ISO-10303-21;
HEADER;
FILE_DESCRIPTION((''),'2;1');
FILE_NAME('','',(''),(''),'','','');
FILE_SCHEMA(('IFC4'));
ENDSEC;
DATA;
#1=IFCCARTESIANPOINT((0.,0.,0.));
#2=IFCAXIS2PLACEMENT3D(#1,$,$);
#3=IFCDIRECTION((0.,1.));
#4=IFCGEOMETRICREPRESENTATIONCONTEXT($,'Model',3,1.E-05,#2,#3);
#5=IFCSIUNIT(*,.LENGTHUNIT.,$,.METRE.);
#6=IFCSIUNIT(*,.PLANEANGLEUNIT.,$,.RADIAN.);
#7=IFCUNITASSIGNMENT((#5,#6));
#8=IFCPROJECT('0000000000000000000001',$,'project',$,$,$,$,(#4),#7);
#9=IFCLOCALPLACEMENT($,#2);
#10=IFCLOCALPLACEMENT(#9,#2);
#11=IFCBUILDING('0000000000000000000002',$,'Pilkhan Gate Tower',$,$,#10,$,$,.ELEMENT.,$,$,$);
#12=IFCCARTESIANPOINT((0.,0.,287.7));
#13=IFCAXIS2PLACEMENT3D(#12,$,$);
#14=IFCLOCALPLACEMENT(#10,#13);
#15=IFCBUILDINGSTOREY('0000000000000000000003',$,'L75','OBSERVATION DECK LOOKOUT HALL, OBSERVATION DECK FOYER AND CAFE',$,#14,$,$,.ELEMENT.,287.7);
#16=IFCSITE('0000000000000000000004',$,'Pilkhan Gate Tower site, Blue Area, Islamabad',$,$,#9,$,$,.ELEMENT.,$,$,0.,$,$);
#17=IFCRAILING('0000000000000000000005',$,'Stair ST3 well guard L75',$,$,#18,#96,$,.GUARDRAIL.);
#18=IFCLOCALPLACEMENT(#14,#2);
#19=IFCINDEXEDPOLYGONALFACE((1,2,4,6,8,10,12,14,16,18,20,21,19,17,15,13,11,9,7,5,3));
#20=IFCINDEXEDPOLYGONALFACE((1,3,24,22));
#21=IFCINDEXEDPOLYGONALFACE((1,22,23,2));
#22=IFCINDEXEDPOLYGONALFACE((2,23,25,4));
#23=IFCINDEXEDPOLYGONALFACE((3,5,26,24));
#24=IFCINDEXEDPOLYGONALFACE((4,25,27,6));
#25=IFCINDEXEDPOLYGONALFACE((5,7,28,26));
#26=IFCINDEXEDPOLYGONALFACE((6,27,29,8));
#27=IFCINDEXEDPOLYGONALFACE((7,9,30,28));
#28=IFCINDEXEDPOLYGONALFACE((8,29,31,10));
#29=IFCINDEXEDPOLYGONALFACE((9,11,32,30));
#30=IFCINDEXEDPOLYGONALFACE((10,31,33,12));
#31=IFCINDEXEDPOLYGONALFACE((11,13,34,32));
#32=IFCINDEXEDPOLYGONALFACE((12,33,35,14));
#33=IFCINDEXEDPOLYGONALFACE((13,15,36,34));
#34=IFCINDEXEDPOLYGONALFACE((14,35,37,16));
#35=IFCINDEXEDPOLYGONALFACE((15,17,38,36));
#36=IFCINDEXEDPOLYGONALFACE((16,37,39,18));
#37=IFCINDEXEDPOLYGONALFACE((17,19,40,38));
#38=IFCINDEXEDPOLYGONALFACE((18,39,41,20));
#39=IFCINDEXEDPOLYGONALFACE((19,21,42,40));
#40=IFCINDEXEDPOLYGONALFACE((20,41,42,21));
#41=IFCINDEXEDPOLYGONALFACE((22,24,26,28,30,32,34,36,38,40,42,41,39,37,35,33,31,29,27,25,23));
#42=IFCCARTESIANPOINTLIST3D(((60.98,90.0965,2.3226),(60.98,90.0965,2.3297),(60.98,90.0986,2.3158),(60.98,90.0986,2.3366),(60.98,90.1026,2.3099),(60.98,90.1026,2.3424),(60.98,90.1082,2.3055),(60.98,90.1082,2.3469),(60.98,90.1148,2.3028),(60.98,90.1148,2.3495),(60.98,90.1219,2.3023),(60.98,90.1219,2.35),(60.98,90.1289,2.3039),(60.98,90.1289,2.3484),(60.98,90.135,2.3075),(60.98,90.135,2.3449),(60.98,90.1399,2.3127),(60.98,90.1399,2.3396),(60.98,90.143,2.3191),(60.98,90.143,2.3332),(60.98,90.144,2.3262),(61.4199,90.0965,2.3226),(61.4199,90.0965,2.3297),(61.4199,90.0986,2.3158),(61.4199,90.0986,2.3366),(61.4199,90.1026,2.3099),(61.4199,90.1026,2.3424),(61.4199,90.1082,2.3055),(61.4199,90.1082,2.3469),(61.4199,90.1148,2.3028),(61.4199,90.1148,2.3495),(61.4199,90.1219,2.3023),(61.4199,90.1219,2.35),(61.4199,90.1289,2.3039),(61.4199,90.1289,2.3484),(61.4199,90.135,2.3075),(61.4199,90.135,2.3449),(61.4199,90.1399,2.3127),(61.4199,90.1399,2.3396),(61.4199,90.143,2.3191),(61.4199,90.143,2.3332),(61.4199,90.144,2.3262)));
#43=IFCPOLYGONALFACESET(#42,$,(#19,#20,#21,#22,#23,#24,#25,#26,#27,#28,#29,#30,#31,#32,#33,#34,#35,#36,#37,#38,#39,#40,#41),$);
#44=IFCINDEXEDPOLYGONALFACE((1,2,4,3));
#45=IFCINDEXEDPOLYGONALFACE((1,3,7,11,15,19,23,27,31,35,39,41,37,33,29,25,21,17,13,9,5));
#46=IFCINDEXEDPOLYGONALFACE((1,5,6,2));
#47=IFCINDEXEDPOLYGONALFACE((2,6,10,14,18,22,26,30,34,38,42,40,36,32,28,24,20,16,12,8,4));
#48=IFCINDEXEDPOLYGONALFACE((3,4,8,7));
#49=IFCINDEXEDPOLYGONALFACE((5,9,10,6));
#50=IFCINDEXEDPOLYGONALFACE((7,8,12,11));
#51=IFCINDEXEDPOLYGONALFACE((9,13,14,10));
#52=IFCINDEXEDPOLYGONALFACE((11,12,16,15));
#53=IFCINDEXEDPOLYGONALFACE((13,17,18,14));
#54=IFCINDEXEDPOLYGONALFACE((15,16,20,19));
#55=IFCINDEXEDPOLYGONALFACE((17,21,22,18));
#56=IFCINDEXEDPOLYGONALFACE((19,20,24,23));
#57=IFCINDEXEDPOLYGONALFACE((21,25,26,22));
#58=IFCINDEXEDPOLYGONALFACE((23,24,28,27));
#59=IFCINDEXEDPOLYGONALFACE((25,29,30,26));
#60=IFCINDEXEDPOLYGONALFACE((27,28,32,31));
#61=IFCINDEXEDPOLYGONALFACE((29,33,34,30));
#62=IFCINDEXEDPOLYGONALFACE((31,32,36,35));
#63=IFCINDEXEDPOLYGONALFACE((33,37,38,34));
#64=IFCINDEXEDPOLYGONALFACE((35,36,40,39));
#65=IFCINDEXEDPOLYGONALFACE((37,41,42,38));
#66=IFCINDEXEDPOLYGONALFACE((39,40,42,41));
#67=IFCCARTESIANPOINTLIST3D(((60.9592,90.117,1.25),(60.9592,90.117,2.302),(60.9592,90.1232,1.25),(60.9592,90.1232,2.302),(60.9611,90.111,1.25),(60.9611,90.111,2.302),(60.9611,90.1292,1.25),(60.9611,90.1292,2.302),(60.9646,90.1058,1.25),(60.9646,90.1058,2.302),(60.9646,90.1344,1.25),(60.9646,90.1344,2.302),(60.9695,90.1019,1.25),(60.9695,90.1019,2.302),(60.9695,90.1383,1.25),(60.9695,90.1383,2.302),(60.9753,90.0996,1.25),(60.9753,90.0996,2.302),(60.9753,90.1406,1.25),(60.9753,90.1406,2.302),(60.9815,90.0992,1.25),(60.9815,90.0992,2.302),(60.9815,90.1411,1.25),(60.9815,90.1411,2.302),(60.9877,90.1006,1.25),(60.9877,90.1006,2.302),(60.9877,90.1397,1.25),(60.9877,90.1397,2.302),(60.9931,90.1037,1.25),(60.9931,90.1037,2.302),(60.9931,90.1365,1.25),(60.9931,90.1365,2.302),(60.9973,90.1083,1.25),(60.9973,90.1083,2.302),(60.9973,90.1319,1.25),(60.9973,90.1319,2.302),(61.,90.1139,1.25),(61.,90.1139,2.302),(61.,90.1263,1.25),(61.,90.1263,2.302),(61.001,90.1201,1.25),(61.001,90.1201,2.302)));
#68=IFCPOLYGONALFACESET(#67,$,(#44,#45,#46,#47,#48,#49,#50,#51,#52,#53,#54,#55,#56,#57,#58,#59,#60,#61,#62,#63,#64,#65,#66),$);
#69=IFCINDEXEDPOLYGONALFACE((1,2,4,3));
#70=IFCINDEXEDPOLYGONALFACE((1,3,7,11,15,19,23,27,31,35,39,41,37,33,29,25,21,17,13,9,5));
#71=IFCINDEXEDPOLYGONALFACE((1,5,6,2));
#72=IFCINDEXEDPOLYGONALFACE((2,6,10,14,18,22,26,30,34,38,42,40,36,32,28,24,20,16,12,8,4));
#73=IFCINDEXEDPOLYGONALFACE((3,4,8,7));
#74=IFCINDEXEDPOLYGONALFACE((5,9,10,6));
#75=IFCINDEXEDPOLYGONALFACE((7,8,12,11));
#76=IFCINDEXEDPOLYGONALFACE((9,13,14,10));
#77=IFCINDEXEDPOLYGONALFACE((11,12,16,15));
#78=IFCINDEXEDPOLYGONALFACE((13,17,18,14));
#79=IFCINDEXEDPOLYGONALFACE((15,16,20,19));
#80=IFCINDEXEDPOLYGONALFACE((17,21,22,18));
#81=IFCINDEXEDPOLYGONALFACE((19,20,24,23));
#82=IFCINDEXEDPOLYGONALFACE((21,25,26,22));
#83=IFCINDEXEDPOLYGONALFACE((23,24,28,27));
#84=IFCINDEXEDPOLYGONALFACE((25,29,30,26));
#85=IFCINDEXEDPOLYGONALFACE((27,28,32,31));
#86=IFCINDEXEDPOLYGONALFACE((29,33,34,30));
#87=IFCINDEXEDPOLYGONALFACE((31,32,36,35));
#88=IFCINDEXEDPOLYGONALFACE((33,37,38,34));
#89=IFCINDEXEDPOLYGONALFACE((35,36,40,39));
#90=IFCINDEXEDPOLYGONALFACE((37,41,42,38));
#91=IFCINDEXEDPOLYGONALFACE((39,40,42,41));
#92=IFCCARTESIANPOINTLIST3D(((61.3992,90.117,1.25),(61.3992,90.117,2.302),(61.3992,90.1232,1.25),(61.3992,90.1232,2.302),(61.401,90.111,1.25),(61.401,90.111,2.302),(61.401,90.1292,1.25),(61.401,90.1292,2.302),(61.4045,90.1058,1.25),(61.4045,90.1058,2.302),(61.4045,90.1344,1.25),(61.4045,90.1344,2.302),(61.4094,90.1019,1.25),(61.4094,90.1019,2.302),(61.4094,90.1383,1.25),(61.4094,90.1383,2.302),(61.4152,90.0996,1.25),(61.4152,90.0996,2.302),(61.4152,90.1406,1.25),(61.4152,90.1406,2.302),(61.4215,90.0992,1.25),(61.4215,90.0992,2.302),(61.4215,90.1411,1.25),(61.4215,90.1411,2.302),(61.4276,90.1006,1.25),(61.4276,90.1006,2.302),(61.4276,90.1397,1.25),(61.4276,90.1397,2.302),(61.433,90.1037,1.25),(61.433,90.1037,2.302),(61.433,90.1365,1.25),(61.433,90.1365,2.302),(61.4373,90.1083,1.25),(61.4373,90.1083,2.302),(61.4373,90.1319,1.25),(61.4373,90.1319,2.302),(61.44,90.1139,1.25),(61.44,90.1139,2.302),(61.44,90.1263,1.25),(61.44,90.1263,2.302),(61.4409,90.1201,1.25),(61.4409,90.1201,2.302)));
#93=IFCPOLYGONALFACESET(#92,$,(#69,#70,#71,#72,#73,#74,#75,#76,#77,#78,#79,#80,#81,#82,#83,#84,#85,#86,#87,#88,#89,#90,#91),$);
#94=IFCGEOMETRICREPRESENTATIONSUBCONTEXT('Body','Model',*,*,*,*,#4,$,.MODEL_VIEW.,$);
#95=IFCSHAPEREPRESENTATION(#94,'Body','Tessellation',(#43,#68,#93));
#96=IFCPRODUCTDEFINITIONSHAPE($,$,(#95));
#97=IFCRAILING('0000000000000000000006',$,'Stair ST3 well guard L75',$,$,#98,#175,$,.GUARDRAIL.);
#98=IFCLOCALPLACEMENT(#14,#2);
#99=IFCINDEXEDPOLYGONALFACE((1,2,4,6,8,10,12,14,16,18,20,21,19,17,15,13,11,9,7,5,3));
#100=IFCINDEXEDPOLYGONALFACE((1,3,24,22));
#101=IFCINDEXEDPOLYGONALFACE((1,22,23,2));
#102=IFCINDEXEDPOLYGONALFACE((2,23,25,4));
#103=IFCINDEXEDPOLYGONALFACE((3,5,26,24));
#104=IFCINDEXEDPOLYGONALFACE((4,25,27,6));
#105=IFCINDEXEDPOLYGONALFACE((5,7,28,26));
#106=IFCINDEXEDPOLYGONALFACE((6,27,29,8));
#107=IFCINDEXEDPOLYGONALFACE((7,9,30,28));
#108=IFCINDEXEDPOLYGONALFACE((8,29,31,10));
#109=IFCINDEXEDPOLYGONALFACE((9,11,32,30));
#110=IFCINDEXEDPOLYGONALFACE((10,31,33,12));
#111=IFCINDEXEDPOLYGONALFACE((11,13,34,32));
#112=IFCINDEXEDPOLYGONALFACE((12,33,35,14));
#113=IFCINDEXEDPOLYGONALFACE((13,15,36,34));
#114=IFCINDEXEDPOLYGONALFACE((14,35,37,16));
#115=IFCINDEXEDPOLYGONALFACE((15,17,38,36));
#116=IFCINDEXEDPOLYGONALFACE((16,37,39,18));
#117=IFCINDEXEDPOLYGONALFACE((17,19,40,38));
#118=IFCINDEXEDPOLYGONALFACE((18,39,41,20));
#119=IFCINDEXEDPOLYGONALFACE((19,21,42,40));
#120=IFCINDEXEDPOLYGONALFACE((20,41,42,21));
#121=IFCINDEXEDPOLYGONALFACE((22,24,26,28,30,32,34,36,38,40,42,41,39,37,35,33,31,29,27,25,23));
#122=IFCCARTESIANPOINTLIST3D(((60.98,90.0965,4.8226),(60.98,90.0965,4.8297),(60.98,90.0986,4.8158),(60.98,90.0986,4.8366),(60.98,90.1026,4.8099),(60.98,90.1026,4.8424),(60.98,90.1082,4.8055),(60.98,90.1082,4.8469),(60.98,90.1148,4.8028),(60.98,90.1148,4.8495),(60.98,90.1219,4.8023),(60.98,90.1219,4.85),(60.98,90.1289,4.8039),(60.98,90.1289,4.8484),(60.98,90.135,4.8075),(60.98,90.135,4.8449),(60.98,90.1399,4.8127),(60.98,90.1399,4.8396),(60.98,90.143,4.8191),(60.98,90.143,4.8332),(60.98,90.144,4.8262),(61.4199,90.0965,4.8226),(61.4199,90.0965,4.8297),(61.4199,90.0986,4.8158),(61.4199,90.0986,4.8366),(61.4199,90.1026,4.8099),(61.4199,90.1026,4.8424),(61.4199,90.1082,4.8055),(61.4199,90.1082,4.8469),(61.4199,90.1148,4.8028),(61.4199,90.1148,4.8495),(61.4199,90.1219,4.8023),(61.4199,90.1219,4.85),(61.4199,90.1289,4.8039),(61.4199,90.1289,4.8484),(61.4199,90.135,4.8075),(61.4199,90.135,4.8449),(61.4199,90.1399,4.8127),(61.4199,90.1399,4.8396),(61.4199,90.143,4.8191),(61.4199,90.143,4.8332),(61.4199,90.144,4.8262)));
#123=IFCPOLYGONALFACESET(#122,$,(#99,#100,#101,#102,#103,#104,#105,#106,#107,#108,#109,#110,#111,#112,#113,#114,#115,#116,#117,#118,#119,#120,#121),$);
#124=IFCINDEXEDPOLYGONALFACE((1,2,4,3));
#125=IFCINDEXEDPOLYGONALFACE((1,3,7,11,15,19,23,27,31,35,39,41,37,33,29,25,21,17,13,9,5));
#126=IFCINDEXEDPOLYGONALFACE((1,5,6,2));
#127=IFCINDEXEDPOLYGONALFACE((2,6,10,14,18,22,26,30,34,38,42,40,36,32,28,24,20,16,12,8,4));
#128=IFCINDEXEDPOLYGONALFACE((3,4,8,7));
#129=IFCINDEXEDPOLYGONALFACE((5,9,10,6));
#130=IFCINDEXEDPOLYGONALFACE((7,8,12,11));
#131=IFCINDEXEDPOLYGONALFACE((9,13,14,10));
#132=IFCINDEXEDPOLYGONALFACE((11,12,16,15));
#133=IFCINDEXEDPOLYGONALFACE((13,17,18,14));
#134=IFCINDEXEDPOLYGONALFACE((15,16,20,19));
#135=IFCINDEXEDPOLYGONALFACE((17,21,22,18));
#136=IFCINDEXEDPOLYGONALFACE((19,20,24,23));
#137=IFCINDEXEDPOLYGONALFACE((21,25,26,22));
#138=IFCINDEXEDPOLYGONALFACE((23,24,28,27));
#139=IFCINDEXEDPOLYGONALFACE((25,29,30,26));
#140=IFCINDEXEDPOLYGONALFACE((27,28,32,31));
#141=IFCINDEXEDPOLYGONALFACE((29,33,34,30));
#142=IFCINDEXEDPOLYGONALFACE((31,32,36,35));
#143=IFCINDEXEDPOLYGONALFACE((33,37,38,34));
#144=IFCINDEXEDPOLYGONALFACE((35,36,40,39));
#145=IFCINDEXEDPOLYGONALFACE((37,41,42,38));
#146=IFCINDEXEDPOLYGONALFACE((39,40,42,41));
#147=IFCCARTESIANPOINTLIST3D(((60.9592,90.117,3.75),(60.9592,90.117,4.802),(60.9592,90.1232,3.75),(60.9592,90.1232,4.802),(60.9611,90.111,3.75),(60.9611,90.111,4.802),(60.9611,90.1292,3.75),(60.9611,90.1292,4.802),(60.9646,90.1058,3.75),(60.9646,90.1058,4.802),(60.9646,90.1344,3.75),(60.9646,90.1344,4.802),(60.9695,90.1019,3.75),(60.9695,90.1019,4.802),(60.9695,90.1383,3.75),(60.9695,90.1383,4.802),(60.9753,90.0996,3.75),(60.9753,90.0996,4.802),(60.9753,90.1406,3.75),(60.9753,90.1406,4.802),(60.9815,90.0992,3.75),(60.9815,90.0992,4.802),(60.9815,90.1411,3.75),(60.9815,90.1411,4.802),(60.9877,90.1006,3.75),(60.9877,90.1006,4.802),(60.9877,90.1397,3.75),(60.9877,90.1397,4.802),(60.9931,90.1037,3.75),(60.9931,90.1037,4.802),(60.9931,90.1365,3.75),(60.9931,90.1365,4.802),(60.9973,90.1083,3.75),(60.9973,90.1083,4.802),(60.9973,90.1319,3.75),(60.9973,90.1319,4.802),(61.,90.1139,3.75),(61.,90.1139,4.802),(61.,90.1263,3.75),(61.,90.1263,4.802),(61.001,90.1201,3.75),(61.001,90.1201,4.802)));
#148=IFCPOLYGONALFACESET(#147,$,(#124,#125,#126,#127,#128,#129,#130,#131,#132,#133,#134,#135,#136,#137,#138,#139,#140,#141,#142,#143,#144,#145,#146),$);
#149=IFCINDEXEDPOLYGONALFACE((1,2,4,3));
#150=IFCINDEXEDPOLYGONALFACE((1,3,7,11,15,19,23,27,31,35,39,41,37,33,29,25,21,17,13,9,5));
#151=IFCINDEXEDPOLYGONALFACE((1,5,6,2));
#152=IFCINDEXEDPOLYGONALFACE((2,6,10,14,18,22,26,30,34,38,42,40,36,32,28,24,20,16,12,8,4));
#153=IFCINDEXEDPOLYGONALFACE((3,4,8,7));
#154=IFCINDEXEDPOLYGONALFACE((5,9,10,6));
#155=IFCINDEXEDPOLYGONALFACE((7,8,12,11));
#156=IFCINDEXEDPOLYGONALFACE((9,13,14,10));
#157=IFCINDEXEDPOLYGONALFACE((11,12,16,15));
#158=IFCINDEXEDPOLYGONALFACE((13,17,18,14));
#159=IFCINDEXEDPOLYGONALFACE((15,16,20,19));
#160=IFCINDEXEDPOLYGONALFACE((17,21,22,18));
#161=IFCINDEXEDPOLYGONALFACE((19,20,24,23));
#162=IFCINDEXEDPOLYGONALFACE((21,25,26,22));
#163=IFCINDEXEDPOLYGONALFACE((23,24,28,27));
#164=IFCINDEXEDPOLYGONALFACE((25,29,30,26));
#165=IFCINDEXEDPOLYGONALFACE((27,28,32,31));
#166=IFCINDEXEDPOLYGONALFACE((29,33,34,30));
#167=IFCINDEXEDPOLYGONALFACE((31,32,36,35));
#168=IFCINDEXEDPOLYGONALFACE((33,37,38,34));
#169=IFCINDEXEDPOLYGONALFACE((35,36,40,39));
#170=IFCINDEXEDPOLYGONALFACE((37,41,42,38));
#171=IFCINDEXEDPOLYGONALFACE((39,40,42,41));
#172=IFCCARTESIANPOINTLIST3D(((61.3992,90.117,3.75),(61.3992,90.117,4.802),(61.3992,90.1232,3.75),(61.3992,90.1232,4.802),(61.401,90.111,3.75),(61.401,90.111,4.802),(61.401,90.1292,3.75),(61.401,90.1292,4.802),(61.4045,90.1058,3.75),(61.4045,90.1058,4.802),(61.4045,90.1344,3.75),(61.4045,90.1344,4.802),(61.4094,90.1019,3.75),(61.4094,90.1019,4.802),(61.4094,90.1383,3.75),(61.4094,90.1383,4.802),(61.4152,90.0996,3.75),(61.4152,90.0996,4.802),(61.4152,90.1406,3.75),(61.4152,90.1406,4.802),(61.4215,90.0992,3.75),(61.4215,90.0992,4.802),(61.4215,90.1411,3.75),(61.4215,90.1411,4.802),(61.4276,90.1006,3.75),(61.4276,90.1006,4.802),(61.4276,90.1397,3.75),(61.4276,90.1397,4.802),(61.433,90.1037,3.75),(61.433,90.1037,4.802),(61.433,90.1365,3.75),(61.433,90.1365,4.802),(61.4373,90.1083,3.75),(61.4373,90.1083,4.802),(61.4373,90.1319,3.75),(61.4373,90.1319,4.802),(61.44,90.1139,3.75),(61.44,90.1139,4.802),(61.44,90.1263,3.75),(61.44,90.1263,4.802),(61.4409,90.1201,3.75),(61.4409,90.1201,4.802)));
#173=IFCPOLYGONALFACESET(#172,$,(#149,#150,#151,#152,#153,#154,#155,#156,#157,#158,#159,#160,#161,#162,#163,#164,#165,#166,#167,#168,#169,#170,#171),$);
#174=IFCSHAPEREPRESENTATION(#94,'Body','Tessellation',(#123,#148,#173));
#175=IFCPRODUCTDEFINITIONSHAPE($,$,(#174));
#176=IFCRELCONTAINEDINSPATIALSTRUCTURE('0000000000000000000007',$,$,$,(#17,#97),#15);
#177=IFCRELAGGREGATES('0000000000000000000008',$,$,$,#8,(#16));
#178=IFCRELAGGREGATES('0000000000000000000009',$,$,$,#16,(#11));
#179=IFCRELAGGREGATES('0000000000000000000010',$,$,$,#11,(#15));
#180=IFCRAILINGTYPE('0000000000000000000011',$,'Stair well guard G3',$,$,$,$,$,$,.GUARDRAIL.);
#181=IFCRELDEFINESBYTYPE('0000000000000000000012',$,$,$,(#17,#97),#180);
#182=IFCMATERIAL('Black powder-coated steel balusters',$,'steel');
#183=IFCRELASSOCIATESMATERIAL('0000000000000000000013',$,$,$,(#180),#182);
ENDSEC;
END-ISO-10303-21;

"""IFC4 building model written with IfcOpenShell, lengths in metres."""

from ifc_helpers import new_model, si_unit, direction, frame, origin, origin_2d, place, context, subcontext, project, spatial, circle, extrude, material, type_object, element, save


model = new_model("IFC4")

# Units and contexts
model_context = context("Model", 3, precision=1e-05, world=origin(), true_north=direction((0.0, 1.0)))
body_context = subcontext(model_context, "Body", "Model", "MODEL_VIEW")
ifc_project = project(units=[si_unit("LENGTHUNIT", "METRE"), si_unit("PLANEANGLEUNIT", "RADIAN")], contexts=[model_context])

# Site, building, storey
site_placement = place(None, origin())
site = spatial("IfcSite", under=ifc_project, at=site_placement, Name="Pilkhan Gate Tower site, Blue Area, Islamabad", CompositionType="ELEMENT", RefElevation=0.0)
building_placement = place(site_placement, origin())
building = spatial("IfcBuilding", under=site, at=building_placement, Name="Pilkhan Gate Tower", CompositionType="ELEMENT")
storey_placement = place(building_placement, frame((0.0, 0.0, 287.7)))
storey = spatial("IfcBuildingStorey", under=building, at=storey_placement, Name="L75", Description="OBSERVATION DECK LOOKOUT HALL, OBSERVATION DECK FOYER AND CAFE", CompositionType="ELEMENT", Elevation=287.7)

# Railings
ifc_material_1 = material(Name="Black powder-coated steel balusters", Category="steel")
railing_type_1 = type_object("IfcRailingType", Name="Stair well guard G3", PredefinedType="GUARDRAIL", material=ifc_material_1)
for number, where, name in (
    (1, (60.98, 90.1201, 1.25), "Stair ST3 well guard L75"),
    (2, (60.98, 90.1201, 3.75), "Stair ST3 well guard L75"),
):
    element("IfcRailing", number, at=place(storey_placement, frame(where)), inside=storey, type_object=railing_type_1, Name=name, PredefinedType="GUARDRAIL", context=body_context, shape_type="SweptSolid", body=[
        extrude(circle(Radius=0.0239, at=origin_2d()), frame((0.0, 0.0, 1.0762), z_axis=(1.0, 0.0, 0.0), x_axis=(0.0, 1.0, 0.0)), (0.0, 0.0, 1.0), 0.4399),
        extrude(circle(Radius=0.021, at=origin_2d()), origin(), (0.0, 0.0, 1.0), 1.052),
        extrude(circle(Radius=0.021, at=origin_2d()), frame((0.4399, 0.0, 0.0)), (0.0, 0.0, 1.0), 1.052),
    ])

save(model, "model.ifc")
